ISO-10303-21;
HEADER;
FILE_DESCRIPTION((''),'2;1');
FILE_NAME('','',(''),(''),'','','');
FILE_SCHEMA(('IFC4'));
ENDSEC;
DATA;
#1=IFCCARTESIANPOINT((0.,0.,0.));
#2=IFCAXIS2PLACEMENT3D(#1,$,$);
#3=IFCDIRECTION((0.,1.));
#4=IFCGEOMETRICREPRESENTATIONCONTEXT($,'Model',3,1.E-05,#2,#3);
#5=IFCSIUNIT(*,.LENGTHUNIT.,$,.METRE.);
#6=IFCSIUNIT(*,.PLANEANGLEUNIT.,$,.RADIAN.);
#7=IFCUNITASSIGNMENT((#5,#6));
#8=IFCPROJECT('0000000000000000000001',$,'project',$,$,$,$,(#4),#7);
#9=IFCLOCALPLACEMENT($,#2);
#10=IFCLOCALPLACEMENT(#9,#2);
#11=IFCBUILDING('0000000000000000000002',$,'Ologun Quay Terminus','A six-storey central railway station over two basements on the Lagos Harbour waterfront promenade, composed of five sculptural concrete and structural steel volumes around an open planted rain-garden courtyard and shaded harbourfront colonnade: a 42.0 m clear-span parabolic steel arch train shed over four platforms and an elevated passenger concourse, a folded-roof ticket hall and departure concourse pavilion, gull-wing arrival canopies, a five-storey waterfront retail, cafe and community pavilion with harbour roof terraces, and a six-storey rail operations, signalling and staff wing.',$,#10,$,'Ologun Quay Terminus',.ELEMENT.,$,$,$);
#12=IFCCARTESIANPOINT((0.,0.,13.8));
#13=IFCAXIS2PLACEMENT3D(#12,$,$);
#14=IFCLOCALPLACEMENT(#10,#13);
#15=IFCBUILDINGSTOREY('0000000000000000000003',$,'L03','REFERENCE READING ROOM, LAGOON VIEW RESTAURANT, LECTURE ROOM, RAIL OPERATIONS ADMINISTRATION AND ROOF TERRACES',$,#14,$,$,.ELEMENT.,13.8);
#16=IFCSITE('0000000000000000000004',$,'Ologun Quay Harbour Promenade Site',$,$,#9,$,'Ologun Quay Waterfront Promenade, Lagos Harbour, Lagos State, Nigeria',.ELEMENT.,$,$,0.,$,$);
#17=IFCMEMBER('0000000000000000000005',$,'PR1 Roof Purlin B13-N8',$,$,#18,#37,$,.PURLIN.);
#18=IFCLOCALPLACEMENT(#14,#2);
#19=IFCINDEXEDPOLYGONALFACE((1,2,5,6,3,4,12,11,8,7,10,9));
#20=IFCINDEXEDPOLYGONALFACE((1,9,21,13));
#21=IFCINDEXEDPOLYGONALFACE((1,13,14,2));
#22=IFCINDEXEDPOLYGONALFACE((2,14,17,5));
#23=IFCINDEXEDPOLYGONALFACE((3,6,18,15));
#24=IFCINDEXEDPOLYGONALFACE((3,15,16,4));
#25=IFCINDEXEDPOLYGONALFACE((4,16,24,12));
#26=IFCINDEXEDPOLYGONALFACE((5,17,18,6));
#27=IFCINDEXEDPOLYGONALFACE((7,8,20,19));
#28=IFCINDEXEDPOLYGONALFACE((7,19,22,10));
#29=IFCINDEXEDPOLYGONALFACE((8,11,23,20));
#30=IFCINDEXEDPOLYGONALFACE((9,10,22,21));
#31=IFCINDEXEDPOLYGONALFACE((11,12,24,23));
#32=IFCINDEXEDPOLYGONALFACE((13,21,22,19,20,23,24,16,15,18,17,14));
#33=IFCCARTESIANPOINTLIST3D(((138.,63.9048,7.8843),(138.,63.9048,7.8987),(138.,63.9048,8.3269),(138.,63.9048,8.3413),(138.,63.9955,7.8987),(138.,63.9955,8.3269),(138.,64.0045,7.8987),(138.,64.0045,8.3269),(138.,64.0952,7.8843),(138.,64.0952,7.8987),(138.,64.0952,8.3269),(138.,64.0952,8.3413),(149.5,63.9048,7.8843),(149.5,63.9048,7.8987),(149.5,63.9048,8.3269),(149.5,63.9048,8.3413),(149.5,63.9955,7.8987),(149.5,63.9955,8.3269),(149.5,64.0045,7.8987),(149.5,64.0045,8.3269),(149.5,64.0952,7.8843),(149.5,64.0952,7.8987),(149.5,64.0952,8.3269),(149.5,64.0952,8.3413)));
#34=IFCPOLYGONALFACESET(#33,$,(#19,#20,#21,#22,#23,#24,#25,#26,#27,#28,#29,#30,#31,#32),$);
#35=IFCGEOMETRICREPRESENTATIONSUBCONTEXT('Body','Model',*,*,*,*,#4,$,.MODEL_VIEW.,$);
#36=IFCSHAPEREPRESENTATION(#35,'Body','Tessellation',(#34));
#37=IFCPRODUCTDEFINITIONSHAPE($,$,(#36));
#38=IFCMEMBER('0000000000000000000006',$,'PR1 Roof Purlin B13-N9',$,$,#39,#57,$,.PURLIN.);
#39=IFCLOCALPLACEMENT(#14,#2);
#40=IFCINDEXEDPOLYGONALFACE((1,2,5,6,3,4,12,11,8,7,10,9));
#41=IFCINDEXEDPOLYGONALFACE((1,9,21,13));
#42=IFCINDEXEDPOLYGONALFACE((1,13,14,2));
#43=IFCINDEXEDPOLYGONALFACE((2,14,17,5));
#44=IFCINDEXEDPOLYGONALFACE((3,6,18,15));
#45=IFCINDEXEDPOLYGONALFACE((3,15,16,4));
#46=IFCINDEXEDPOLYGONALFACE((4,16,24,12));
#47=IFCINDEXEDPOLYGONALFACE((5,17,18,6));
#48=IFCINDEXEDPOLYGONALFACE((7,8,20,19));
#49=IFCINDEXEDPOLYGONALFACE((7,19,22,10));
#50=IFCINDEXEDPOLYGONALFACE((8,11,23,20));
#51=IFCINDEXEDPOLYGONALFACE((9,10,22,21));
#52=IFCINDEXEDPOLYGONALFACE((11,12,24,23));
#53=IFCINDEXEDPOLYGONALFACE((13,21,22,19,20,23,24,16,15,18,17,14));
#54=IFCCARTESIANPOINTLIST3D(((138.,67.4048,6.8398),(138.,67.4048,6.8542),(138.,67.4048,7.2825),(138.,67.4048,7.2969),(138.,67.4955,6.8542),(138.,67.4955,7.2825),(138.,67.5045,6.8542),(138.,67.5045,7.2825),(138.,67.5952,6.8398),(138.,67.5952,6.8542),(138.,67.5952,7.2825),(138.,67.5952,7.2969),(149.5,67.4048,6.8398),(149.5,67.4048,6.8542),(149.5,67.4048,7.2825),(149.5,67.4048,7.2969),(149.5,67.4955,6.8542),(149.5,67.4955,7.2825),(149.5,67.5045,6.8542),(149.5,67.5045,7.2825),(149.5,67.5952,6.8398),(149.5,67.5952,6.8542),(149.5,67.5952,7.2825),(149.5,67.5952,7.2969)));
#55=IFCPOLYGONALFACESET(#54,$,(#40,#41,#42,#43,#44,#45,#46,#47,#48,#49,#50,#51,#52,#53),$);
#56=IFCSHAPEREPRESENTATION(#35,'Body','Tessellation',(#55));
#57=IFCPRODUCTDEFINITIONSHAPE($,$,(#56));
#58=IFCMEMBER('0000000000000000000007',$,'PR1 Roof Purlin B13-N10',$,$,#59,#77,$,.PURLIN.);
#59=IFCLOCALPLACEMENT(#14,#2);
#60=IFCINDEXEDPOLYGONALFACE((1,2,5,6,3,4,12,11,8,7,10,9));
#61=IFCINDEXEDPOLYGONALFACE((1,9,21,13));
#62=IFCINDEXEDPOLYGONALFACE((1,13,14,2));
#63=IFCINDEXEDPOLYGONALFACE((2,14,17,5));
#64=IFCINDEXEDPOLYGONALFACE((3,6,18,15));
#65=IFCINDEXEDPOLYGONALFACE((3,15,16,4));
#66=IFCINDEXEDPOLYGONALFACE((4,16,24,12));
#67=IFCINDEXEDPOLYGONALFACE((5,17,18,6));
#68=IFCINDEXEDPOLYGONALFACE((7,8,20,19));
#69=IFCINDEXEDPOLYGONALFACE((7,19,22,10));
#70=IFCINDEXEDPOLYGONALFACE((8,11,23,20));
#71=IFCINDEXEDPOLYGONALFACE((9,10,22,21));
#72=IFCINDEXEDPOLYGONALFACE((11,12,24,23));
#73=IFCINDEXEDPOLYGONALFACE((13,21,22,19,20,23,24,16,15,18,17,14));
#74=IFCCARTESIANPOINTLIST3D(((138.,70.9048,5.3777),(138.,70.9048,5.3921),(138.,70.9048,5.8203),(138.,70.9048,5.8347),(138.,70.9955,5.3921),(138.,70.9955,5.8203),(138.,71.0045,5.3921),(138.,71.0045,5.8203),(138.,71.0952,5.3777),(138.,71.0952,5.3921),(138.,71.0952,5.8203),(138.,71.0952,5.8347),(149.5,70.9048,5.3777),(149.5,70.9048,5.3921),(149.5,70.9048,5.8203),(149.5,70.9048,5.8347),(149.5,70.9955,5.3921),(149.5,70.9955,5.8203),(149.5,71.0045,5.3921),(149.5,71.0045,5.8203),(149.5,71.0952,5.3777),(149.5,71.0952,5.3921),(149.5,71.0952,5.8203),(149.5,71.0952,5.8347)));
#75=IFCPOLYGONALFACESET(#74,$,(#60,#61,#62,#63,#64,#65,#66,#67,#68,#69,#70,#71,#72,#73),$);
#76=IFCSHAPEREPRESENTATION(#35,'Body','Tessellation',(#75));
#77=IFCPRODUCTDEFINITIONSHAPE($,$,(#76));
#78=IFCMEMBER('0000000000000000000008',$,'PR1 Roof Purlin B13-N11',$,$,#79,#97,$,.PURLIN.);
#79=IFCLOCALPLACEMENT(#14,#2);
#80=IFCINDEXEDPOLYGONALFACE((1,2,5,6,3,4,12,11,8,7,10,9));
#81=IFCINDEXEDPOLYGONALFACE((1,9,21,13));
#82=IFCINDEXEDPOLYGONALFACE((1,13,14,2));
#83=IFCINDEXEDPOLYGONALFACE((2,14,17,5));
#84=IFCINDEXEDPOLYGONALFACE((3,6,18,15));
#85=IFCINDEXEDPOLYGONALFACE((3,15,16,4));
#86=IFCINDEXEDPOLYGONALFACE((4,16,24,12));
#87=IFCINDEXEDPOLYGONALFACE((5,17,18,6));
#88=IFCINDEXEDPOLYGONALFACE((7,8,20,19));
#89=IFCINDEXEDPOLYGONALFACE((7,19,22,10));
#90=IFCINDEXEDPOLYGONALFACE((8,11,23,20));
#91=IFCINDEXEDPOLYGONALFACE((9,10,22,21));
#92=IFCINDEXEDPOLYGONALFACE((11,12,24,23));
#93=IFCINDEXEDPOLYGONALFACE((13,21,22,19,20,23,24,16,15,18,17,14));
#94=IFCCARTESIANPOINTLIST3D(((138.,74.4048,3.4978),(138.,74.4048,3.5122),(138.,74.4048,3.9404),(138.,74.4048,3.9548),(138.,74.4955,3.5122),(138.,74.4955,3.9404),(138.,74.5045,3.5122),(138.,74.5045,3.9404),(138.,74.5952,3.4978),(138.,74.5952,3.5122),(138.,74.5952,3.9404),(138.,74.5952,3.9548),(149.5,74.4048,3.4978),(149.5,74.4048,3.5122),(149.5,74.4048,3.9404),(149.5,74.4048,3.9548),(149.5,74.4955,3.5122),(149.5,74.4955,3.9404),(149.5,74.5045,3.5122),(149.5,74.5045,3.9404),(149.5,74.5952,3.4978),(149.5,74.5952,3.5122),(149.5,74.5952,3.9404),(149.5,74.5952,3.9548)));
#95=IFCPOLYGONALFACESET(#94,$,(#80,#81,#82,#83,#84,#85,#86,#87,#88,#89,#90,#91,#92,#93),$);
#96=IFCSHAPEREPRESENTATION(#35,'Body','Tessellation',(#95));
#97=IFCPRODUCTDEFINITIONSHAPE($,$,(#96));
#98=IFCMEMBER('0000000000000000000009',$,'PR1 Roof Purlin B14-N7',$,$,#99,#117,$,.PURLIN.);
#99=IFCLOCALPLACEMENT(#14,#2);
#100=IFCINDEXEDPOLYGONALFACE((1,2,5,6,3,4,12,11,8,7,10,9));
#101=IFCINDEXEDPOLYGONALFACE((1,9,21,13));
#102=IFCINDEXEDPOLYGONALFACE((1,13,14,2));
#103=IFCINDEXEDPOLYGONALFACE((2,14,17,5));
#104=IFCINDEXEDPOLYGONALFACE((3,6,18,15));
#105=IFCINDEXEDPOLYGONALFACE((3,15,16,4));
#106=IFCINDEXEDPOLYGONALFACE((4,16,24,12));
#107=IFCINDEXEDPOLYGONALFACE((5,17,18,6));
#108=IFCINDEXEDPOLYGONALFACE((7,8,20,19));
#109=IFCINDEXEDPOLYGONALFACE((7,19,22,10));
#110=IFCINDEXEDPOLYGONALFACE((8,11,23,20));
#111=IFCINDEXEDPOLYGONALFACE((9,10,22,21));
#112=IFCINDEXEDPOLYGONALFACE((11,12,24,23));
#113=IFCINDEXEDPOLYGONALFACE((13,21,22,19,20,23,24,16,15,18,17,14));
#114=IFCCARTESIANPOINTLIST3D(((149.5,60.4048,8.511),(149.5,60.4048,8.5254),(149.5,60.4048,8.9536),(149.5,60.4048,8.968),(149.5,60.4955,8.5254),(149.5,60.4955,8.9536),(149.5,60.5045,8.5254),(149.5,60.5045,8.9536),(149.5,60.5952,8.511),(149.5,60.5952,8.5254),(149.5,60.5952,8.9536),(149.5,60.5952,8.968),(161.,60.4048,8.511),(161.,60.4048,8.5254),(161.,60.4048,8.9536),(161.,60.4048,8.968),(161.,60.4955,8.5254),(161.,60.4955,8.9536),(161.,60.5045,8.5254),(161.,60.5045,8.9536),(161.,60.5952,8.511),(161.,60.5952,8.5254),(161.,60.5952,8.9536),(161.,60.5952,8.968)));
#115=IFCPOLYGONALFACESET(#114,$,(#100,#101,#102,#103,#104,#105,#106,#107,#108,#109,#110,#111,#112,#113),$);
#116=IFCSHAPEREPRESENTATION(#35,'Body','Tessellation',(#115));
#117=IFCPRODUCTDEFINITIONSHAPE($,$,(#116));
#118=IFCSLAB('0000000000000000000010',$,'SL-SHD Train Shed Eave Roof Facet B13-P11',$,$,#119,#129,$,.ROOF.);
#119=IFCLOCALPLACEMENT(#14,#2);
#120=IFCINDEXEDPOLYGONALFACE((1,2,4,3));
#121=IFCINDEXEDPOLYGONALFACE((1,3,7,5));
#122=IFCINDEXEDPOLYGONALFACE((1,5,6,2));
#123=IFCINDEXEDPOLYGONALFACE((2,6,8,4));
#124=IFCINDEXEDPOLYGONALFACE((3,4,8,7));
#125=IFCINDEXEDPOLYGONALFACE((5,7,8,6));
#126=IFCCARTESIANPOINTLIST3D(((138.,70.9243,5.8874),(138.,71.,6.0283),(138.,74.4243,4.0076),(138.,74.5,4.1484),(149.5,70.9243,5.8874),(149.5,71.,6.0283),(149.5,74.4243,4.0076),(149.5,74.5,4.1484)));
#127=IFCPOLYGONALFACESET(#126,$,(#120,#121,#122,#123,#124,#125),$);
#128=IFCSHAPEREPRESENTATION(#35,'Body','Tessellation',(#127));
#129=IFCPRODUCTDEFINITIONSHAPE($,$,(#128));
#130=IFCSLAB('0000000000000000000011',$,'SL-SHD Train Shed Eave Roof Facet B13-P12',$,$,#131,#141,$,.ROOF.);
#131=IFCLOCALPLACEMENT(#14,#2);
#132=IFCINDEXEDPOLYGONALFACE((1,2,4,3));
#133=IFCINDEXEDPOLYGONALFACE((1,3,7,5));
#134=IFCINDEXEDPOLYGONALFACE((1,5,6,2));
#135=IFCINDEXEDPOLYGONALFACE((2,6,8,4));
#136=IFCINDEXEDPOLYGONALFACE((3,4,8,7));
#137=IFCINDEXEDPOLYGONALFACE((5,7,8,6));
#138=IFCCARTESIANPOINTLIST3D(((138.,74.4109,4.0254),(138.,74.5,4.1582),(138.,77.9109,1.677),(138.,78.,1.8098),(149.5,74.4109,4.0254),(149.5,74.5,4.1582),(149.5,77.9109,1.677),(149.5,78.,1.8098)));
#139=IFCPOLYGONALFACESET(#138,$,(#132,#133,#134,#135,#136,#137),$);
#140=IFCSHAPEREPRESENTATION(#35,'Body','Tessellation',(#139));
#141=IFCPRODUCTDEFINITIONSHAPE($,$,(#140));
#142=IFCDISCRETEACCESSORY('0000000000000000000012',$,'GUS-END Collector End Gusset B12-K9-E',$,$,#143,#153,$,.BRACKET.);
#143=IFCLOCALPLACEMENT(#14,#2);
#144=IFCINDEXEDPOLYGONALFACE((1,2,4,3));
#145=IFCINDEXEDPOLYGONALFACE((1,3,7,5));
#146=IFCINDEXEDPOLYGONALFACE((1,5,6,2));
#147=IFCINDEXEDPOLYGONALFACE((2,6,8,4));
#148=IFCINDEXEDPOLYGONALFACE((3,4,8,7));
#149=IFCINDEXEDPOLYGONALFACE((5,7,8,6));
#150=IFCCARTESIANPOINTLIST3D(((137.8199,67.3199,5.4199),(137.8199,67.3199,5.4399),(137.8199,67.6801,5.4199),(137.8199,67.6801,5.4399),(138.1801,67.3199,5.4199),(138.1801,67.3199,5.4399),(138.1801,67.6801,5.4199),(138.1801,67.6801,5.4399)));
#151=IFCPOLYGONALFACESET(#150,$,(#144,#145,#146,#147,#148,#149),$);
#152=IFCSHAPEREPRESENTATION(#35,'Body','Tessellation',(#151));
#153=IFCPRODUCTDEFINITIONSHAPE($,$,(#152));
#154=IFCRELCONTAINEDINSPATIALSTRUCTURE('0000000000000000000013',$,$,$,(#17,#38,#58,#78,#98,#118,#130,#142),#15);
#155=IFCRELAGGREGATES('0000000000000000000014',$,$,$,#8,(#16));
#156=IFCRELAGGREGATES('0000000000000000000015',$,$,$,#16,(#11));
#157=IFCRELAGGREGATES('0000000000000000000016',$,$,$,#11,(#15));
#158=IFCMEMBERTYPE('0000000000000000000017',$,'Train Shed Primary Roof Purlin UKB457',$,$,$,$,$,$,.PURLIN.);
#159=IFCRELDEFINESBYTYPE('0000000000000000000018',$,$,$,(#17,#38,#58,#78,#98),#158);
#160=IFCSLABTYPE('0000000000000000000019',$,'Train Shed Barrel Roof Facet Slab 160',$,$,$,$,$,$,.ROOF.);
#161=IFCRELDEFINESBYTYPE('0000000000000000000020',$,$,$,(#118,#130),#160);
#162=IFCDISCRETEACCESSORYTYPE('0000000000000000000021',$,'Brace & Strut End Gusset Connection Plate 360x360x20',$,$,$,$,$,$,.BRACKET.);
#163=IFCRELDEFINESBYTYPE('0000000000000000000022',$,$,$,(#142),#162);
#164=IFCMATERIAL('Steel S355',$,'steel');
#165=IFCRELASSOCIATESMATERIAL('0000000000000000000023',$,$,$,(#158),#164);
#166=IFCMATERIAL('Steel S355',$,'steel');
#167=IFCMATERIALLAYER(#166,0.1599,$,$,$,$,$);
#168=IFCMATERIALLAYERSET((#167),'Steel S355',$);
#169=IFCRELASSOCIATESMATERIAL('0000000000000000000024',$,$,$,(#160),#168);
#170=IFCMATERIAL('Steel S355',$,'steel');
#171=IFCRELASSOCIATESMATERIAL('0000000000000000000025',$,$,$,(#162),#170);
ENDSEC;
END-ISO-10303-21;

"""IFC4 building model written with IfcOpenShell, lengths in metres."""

from ifc_helpers import new_model, si_unit, direction, frame, origin, origin_2d, place, context, subcontext, project, spatial, polyline, rectangle, i_section, outline, extrude, material, layer, layer_set, material_profile, profile_set, type_object, element, save


model = new_model("IFC4")

# Units and contexts
model_context = context("Model", 3, precision=1e-05, world=origin(), true_north=direction((0.0, 1.0)))
body_context = subcontext(model_context, "Body", "Model", "MODEL_VIEW")
ifc_project = project(units=[si_unit("LENGTHUNIT", "METRE"), si_unit("PLANEANGLEUNIT", "RADIAN")], contexts=[model_context])

# Site, building, storey
site_placement = place(None, origin())
site = spatial("IfcSite", under=ifc_project, at=site_placement, Name="Ologun Quay Harbour Promenade Site", LongName="Ologun Quay Waterfront Promenade, Lagos Harbour, Lagos State, Nigeria", CompositionType="ELEMENT", RefElevation=0.0)
building_placement = place(site_placement, origin())
building = spatial("IfcBuilding", under=site, at=building_placement, Name="Ologun Quay Terminus", Description="A six-storey central railway station over two basements on the Lagos Harbour waterfront promenade, composed of five sculptural concrete and structural steel volumes around an open planted rain-garden courtyard and shaded harbourfront colonnade: a 42.0 m clear-span parabolic steel arch train shed over four platforms and an elevated passenger concourse, a folded-roof ticket hall and departure concourse pavilion, gull-wing arrival canopies, a five-storey waterfront retail, cafe and community pavilion with harbour roof terraces, and a six-storey rail operations, signalling and staff wing.", LongName="Ologun Quay Terminus", CompositionType="ELEMENT")
storey_placement = place(building_placement, frame((0.0, 0.0, 13.8)))
storey = spatial("IfcBuildingStorey", under=building, at=storey_placement, Name="L03", Description="REFERENCE READING ROOM, LAGOON VIEW RESTAURANT, LECTURE ROOM, RAIL OPERATIONS ADMINISTRATION AND ROOF TERRACES", CompositionType="ELEMENT", Elevation=13.8)

# Members
ifc_material_1 = material(Name="Steel S355", Category="steel")
ifc_material_profile_1 = material_profile(ifc_material_1, i_section(OverallWidth=0.1904, OverallDepth=0.457, WebThickness=0.009, FlangeThickness=0.0144, at=origin_2d()), Name="UKB 457x191x74")
ifc_profile_set_1 = profile_set([ifc_material_profile_1], Name="Steel S355")
member_type_1 = type_object("IfcMemberType", Name="Train Shed Primary Roof Purlin UKB457", PredefinedType="PURLIN", material=ifc_profile_set_1)
for number, where, z_axis, x_axis, name in (
    (1, (138.0, 64.0, 8.1128), (1.0, 0.0, 0.0), (0.0, 1.0, 0.0), "PR1 Roof Purlin B13-N8"),
    (2, (138.0, 67.5, 7.0684), (1.0, 0.0, 0.0), (0.0, 1.0, 0.0), "PR1 Roof Purlin B13-N9"),
    (3, (138.0, 71.0, 5.6062), (1.0, 0.0, 0.0), (0.0, 1.0, 0.0), "PR1 Roof Purlin B13-N10"),
    (4, (138.0, 74.5, 3.7263), (1.0, 0.0, 0.0), (0.0, 1.0, 0.0), "PR1 Roof Purlin B13-N11"),
    (5, (149.5, 60.5, 8.7395), (1.0, 0.0, 0.0), (0.0, 1.0, 0.0), "PR1 Roof Purlin B14-N7"),
):
    element("IfcMember", number, at=place(storey_placement, frame(where, z_axis=z_axis, x_axis=x_axis)), inside=storey, type_object=member_type_1, Name=name, PredefinedType="PURLIN", context=body_context, shape_type="SweptSolid", body=[
        extrude(i_section(OverallWidth=0.1904, OverallDepth=0.457, WebThickness=0.009, FlangeThickness=0.0144, at=origin_2d()), origin(), (0.0, 0.0, 1.0), 11.5),
    ])

# Slabs
ifc_material_2 = material(Name="Steel S355", Category="steel")
ifc_layer = layer(ifc_material_2, 0.1599)
ifc_layer_set = layer_set([ifc_layer], Name="Steel S355")
slab_type = type_object("IfcSlabType", Name="Train Shed Barrel Roof Facet Slab 160", PredefinedType="ROOF", material=ifc_layer_set)
slab_1_placement = place(storey_placement, frame((138.0, 71.0, 6.0283), z_axis=(0.0, 0.473176, 0.880968), x_axis=(1.0, 0.0, 0.0)))
element("IfcSlab", 6, at=slab_1_placement, inside=storey, type_object=slab_type, Name="SL-SHD Train Shed Eave Roof Facet B13-P11", PredefinedType="ROOF", context=body_context, shape_type="SweptSolid", body=[
    extrude(outline(polyline([(0.0, 0.0), (11.5, 0.0), (11.5, 3.9729), (0.0, 3.9729), (0.0, 0.0)])), origin(), (0.0, 0.0, -1.0), 0.1599),
])
slab_2_placement = place(storey_placement, frame((138.0, 74.5, 4.1582), z_axis=(0.0, 0.557171, 0.830398), x_axis=(1.0, 0.0, 0.0)))
element("IfcSlab", 7, at=slab_2_placement, inside=storey, type_object=slab_type, Name="SL-SHD Train Shed Eave Roof Facet B13-P12", PredefinedType="ROOF", context=body_context, shape_type="SweptSolid", body=[
    extrude(outline(polyline([(0.0, 0.0), (11.5, 0.0), (11.5, 4.2148), (0.0, 4.2148), (0.0, 0.0)])), origin(), (0.0, 0.0, -1.0), 0.1599),
])

# Discrete accessory
ifc_material_3 = material(Name="Steel S355", Category="steel")
discrete_accessory_type = type_object("IfcDiscreteAccessoryType", Name="Brace & Strut End Gusset Connection Plate 360x360x20", PredefinedType="BRACKET", material=ifc_material_3)
discrete_accessory_placement = place(storey_placement, frame((138.0, 67.5, 5.4199), z_axis=(0.0, 0.0, 1.0), x_axis=(1.0, 0.0, 0.0)))
element("IfcDiscreteAccessory", 8, at=discrete_accessory_placement, inside=storey, type_object=discrete_accessory_type, Name="GUS-END Collector End Gusset B12-K9-E", PredefinedType="BRACKET", context=body_context, shape_type="SweptSolid", body=[
    extrude(rectangle(XDim=0.3601, YDim=0.3601, at=origin_2d()), origin(), (0.0, 0.0, 1.0), 0.02),
])

save(model, "model.ifc")
